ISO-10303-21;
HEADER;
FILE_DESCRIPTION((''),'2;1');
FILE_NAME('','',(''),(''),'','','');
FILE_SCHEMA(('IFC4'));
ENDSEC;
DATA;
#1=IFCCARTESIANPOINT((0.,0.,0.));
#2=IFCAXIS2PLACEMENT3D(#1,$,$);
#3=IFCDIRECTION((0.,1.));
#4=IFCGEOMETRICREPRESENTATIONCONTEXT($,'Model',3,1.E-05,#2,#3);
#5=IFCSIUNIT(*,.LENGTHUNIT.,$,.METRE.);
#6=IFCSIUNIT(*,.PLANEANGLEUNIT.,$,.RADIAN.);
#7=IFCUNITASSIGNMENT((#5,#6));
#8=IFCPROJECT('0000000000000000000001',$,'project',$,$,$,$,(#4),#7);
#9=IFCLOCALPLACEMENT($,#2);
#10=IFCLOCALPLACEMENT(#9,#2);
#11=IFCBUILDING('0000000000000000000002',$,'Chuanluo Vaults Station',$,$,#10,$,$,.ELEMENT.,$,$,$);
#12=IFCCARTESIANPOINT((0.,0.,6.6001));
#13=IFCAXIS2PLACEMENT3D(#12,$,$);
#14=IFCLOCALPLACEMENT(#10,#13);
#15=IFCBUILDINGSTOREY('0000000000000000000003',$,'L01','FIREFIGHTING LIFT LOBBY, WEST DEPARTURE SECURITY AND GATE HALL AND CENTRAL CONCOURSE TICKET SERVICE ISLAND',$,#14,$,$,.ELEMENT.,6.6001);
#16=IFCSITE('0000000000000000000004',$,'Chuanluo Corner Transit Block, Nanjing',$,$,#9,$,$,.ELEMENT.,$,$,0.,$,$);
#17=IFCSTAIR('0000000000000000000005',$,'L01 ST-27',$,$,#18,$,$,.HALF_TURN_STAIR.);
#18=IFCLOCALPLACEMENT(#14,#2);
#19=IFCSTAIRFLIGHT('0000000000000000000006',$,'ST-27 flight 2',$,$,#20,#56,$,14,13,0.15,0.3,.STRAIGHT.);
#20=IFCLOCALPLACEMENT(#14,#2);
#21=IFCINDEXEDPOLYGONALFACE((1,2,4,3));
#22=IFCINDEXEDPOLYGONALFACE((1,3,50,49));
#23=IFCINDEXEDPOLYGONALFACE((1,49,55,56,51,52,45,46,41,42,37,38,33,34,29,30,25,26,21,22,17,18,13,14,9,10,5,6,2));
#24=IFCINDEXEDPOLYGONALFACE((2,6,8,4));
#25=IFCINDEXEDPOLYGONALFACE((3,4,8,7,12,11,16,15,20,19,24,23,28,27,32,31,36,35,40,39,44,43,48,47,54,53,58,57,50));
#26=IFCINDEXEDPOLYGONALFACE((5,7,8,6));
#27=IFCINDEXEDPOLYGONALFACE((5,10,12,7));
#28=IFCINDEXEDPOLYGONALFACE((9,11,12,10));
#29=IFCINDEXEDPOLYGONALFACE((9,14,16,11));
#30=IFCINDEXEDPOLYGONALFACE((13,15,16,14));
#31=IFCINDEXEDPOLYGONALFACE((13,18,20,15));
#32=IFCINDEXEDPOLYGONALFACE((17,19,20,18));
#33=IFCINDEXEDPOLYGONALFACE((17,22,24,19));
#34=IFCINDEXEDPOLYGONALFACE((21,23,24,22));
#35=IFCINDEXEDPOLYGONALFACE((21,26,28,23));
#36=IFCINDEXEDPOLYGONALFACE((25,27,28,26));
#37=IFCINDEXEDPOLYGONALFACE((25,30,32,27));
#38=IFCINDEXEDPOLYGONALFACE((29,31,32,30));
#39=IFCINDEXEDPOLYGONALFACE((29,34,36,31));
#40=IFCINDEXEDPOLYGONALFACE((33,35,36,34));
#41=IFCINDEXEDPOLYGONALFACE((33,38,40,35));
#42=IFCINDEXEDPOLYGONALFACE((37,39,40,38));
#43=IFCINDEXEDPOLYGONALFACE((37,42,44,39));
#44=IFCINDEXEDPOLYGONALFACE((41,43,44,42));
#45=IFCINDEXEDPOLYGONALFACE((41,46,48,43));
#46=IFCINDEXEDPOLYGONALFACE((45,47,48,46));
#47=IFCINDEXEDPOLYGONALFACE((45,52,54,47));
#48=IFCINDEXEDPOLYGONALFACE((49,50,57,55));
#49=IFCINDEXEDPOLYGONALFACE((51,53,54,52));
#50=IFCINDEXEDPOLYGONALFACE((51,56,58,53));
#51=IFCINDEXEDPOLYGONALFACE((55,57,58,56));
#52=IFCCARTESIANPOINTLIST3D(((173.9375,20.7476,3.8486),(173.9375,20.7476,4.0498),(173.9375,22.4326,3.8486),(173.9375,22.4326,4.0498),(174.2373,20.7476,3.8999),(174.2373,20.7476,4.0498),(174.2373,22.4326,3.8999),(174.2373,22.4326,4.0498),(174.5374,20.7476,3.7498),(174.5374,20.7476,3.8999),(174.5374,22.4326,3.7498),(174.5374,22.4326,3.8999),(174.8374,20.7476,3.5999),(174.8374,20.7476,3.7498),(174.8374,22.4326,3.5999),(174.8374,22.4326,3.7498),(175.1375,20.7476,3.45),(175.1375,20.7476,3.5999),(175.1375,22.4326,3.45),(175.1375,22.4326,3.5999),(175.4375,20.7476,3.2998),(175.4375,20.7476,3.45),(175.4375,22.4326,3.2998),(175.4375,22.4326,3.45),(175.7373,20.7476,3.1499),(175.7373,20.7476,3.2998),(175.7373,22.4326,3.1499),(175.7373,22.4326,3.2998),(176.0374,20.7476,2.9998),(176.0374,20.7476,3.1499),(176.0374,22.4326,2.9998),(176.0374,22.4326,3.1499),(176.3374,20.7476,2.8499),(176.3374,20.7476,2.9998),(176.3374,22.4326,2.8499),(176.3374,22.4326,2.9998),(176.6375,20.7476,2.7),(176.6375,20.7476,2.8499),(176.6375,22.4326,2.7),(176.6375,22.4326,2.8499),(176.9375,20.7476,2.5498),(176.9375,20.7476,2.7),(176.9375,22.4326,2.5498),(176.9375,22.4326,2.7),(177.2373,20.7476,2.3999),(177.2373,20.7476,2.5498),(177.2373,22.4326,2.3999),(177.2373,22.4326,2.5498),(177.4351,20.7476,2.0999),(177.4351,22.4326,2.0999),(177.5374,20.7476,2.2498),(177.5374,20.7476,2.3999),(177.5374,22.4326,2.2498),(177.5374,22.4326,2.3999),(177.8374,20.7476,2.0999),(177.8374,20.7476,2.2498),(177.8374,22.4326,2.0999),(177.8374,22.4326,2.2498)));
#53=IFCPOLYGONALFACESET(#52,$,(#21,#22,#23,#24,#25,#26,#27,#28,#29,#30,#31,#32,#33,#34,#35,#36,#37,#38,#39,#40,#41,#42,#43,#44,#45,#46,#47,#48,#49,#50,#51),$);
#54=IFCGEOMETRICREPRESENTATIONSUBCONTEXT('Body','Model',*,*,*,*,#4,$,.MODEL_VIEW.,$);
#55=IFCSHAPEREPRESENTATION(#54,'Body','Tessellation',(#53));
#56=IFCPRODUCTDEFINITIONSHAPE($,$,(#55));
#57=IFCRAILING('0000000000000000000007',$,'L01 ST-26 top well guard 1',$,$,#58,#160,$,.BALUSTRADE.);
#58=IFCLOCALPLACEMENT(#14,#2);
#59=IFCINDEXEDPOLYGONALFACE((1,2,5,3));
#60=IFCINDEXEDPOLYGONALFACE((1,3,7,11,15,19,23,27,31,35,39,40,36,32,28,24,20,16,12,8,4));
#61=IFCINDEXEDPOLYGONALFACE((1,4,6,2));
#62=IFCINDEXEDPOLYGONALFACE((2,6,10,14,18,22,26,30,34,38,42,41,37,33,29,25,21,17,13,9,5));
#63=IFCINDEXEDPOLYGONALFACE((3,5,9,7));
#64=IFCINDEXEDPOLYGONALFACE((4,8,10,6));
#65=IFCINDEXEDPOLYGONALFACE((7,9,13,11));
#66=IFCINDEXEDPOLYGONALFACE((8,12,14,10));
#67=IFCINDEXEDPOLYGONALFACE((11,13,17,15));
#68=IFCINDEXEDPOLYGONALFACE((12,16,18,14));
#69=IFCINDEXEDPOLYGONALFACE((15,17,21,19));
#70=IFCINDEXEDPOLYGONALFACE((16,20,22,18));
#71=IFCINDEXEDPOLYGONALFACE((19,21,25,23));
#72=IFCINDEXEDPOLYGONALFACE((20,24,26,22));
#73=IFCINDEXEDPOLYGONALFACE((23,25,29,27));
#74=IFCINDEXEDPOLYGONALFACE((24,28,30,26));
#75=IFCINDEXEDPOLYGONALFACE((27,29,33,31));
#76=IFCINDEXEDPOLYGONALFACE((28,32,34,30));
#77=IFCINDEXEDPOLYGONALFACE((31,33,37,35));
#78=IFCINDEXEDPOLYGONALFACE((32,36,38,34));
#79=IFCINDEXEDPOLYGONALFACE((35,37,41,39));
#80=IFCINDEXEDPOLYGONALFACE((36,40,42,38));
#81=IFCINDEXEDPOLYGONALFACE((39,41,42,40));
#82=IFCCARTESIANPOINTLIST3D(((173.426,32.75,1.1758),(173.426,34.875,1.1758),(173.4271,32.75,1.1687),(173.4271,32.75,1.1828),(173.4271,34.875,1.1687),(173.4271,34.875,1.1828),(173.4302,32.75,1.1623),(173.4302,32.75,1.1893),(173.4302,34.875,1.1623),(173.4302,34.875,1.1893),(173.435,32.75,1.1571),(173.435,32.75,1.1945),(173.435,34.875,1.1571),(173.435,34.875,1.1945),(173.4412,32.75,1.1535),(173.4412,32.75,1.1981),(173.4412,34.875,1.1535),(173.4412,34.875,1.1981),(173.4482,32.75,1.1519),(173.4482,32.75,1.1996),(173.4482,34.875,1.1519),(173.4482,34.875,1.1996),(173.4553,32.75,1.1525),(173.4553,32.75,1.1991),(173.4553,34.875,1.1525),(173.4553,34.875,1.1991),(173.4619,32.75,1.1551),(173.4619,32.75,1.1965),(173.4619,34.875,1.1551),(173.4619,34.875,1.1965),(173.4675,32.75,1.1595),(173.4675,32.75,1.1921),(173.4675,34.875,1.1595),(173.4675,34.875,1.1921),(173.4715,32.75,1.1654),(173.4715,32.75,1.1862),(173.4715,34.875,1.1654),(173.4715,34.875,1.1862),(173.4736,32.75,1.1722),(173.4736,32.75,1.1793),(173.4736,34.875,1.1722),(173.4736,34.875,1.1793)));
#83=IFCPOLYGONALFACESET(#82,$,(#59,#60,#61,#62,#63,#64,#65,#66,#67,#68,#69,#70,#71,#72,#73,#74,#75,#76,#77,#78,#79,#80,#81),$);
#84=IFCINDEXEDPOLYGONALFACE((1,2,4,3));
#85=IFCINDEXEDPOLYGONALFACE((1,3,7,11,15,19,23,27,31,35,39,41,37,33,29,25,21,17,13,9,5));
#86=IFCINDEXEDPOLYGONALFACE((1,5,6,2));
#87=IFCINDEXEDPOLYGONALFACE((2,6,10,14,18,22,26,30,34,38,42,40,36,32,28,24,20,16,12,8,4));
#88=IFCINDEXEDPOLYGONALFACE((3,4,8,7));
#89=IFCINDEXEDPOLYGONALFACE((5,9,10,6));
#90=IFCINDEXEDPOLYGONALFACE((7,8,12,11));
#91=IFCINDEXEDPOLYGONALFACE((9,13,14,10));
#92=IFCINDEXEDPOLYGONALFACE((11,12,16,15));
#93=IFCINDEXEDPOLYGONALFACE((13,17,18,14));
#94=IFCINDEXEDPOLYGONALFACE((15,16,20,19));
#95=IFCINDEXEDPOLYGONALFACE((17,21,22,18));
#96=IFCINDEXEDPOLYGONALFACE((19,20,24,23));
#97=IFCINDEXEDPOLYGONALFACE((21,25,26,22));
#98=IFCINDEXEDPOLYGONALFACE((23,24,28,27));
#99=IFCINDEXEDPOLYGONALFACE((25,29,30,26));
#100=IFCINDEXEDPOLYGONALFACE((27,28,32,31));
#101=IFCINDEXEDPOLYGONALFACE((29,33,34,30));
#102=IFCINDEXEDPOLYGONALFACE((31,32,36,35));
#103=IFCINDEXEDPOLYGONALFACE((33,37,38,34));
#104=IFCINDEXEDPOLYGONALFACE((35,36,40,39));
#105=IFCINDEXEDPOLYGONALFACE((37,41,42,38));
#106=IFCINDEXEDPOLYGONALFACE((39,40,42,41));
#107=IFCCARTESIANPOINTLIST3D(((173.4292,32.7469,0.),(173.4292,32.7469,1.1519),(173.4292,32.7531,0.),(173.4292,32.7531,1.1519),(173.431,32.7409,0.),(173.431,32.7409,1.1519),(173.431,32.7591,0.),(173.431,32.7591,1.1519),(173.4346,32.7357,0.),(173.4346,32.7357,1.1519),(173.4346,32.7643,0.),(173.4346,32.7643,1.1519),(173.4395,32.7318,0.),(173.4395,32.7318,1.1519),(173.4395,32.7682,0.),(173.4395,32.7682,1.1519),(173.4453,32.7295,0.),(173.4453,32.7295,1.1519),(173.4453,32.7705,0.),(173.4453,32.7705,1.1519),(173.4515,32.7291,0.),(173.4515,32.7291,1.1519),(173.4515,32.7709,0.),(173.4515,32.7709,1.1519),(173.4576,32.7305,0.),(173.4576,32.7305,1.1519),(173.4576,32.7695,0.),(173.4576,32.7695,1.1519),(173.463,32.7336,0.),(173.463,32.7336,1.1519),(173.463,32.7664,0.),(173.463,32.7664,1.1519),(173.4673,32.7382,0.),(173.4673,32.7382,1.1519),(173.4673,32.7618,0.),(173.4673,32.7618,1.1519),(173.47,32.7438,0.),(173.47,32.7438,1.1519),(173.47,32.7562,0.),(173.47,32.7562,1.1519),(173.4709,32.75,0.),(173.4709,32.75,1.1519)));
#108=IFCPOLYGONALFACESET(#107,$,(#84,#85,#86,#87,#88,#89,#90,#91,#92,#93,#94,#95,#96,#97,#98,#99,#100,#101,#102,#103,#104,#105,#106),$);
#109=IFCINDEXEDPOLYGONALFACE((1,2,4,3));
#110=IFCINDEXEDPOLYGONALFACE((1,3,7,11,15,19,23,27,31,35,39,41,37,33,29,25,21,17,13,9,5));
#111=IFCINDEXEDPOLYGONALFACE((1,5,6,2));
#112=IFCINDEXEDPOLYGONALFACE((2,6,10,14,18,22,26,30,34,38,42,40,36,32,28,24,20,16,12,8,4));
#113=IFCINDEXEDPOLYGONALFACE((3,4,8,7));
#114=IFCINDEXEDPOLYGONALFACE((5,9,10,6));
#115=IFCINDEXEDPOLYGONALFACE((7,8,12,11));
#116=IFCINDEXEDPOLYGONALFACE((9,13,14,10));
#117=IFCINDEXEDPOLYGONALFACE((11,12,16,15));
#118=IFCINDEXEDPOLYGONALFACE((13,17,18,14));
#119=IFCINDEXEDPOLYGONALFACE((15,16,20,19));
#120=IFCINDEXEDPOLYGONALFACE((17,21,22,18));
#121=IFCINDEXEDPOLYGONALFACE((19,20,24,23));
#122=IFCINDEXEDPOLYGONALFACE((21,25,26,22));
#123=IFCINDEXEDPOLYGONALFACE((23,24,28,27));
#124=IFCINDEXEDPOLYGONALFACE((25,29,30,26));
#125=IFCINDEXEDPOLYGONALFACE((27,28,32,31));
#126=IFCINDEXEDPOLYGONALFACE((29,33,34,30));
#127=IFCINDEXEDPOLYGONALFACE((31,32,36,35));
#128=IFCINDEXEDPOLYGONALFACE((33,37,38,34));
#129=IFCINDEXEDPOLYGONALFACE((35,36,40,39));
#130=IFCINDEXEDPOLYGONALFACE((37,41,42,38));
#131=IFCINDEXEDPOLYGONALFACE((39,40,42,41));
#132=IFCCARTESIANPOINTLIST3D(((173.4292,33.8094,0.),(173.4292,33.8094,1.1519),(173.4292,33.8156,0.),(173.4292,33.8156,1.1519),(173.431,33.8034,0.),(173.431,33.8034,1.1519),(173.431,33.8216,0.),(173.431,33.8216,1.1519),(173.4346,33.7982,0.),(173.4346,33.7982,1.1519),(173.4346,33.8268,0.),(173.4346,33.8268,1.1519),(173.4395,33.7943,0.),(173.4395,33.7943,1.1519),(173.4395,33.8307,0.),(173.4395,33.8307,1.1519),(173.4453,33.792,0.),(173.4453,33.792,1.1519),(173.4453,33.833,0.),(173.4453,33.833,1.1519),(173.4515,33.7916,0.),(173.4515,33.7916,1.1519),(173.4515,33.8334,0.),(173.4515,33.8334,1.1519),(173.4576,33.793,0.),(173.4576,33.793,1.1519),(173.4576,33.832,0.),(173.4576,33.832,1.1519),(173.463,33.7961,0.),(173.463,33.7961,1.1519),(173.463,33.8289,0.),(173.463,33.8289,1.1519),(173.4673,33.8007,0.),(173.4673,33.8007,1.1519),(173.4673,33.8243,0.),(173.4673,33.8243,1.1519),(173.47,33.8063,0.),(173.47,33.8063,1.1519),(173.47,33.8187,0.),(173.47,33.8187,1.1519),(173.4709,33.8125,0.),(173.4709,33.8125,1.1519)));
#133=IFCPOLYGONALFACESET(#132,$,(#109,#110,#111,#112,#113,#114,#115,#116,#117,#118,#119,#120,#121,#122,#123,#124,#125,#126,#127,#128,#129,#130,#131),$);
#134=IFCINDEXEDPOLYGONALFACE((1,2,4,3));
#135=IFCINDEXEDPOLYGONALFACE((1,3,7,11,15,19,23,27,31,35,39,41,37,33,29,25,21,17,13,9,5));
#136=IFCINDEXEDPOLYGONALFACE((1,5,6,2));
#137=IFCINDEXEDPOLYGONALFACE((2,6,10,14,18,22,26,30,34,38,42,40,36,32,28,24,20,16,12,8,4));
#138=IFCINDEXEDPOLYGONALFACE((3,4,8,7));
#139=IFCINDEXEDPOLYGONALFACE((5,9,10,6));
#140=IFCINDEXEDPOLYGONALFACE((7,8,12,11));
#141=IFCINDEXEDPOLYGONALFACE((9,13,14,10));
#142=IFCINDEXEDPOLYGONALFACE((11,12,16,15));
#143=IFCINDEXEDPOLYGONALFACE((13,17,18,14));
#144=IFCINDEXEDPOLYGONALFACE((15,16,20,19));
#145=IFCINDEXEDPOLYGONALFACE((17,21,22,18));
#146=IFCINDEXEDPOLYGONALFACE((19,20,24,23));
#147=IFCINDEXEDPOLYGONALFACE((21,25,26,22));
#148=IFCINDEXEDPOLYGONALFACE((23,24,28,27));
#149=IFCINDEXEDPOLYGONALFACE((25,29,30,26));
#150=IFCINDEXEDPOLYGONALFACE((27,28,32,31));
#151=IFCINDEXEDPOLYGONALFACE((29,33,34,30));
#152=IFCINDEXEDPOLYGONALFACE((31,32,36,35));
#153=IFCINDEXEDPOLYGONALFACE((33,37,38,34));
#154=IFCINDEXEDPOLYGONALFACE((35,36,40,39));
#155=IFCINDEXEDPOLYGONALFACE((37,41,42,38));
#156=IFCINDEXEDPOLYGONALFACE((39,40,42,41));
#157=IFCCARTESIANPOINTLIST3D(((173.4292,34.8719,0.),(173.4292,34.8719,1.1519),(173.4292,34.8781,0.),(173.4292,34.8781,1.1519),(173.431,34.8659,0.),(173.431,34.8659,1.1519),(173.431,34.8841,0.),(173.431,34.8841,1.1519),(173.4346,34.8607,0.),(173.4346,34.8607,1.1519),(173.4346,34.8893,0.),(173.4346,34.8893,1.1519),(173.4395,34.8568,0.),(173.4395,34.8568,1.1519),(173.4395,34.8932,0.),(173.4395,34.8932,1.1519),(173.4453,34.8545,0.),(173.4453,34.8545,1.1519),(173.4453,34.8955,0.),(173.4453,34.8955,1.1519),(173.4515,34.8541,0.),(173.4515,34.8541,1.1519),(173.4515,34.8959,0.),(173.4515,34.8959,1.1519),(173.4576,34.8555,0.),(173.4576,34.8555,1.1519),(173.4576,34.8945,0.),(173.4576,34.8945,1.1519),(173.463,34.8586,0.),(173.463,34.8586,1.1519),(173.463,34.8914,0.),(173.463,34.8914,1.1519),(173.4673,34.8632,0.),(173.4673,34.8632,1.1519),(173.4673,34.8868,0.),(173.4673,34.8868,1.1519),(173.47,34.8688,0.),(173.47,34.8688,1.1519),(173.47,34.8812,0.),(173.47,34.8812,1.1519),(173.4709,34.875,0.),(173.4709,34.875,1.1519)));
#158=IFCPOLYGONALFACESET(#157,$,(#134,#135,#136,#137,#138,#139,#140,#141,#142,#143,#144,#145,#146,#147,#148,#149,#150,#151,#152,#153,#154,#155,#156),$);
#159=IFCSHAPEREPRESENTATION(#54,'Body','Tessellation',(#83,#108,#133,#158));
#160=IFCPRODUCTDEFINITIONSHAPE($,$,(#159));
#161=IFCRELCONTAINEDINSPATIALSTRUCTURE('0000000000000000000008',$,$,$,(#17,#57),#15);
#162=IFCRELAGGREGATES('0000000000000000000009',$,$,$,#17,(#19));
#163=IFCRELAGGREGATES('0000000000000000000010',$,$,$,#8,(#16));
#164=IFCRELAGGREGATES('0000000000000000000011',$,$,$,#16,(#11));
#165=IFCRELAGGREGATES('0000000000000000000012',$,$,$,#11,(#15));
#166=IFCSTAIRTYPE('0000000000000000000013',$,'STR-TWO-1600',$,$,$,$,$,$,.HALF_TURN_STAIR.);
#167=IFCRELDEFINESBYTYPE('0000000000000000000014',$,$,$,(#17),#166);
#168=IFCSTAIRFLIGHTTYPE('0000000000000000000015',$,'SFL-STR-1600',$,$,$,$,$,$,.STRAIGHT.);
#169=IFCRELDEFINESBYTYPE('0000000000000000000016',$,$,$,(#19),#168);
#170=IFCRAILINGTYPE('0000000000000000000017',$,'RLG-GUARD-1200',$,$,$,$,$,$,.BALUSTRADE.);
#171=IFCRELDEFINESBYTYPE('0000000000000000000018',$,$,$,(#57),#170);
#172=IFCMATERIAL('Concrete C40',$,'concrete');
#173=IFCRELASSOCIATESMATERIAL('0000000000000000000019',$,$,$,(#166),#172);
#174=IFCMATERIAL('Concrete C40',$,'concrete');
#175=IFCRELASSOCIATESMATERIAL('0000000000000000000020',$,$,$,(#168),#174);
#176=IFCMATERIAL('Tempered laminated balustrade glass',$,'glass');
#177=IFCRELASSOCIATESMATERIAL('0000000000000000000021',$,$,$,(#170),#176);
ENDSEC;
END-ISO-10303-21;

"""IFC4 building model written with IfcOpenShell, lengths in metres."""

from ifc_helpers import new_model, si_unit, direction, frame, origin, origin_2d, place, context, subcontext, project, spatial, polyline, circle, outline, extrude, material, type_object, element, aggregate, save


model = new_model("IFC4")

# Units and contexts
model_context = context("Model", 3, precision=1e-05, world=origin(), true_north=direction((0.0, 1.0)))
body_context = subcontext(model_context, "Body", "Model", "MODEL_VIEW")
ifc_project = project(units=[si_unit("LENGTHUNIT", "METRE"), si_unit("PLANEANGLEUNIT", "RADIAN")], contexts=[model_context])

# Site, building, storey
site_placement = place(None, origin())
site = spatial("IfcSite", under=ifc_project, at=site_placement, Name="Chuanluo Corner Transit Block, Nanjing", CompositionType="ELEMENT", RefElevation=0.0)
building_placement = place(site_placement, origin())
building = spatial("IfcBuilding", under=site, at=building_placement, Name="Chuanluo Vaults Station", CompositionType="ELEMENT")
storey_placement = place(building_placement, frame((0.0, 0.0, 6.6001)))
storey = spatial("IfcBuildingStorey", under=building, at=storey_placement, Name="L01", Description="FIREFIGHTING LIFT LOBBY, WEST DEPARTURE SECURITY AND GATE HALL AND CENTRAL CONCOURSE TICKET SERVICE ISLAND", CompositionType="ELEMENT", Elevation=6.6001)

# Stair, stair flight
ifc_material_1 = material(Name="Concrete C40", Category="concrete")
stair_type = type_object("IfcStairType", Name="STR-TWO-1600", PredefinedType="HALF_TURN_STAIR", material=ifc_material_1)
stair_placement = place(storey_placement, origin())
stair = element("IfcStair", 1, at=stair_placement, inside=storey, type_object=stair_type, Name="L01 ST-27", PredefinedType="HALF_TURN_STAIR")
ifc_material_2 = material(Name="Concrete C40", Category="concrete")
stair_flight_type = type_object("IfcStairFlightType", Name="SFL-STR-1600", PredefinedType="STRAIGHT", material=ifc_material_2)
stair_flight_1_placement = place(storey_placement, frame((177.8374, 21.5901, 2.0999), z_axis=(0.0, 0.0, 1.0), x_axis=(-1.0, 0.0, 0.0)))
stair_flight_1 = element("IfcStairFlight", 2, at=stair_flight_1_placement, type_object=stair_flight_type, Name="ST-27 flight 2", NumberOfRisers=14, NumberOfTreads=13, PredefinedType="STRAIGHT", RiserHeight=0.15, TreadLength=0.3, context=body_context, shape_type="SweptSolid", body=[
    extrude(outline(polyline([(0.0, 0.0), (0.0, 0.1499), (0.3, 0.1499), (0.3, 0.3), (0.6001, 0.3), (0.6001, 0.45), (0.8999, 0.45), (0.8999, 0.6001), (1.2, 0.6001), (1.2, 0.75), (1.5, 0.75), (1.5, 0.8999), (1.8, 0.8999), (1.8, 1.05), (2.1001, 1.05), (2.1001, 1.2), (2.3999, 1.2), (2.3999, 1.3501), (2.7, 1.3501), (2.7, 1.5), (3.0, 1.5), (3.0, 1.6499), (3.3, 1.6499), (3.3, 1.8), (3.6001, 1.8), (3.6001, 1.95), (3.8999, 1.95), (3.8999, 2.1001), (3.8999, 1.7488), (0.4023, 0.0), (0.0, 0.0)])), frame((0.0, 0.8425, 0.0), z_axis=(0.0, -1.0, 0.0), x_axis=(1.0, 0.0, 0.0)), (0.0, 0.0, 1.0), 1.6851),
])
aggregate(stair, [stair_flight_1])

# Railing
ifc_material_3 = material(Name="Tempered laminated balustrade glass", Category="glass")
railing_type_1 = type_object("IfcRailingType", Name="RLG-GUARD-1200", PredefinedType="BALUSTRADE", material=ifc_material_3)
railing_1_placement = place(storey_placement, frame((173.45, 32.75, 0.0)))
element("IfcRailing", 3, at=railing_1_placement, inside=storey, type_object=railing_type_1, Name="L01 ST-26 top well guard 1", PredefinedType="BALUSTRADE", context=body_context, shape_type="SweptSolid", body=[
    extrude(circle(Radius=0.0239, at=origin_2d()), frame((0.0, 0.0, 1.1758), z_axis=(0.0, 1.0, 0.0), x_axis=(-1.0, 0.0, 0.0)), (0.0, 0.0, 1.0), 2.125),
    extrude(circle(Radius=0.021, at=origin_2d()), origin(), (0.0, 0.0, 1.0), 1.1519),
    extrude(circle(Radius=0.021, at=origin_2d()), frame((0.0, 1.0625, 0.0)), (0.0, 0.0, 1.0), 1.1519),
    extrude(circle(Radius=0.021, at=origin_2d()), frame((0.0, 2.125, 0.0)), (0.0, 0.0, 1.0), 1.1519),
])

save(model, "model.ifc")
